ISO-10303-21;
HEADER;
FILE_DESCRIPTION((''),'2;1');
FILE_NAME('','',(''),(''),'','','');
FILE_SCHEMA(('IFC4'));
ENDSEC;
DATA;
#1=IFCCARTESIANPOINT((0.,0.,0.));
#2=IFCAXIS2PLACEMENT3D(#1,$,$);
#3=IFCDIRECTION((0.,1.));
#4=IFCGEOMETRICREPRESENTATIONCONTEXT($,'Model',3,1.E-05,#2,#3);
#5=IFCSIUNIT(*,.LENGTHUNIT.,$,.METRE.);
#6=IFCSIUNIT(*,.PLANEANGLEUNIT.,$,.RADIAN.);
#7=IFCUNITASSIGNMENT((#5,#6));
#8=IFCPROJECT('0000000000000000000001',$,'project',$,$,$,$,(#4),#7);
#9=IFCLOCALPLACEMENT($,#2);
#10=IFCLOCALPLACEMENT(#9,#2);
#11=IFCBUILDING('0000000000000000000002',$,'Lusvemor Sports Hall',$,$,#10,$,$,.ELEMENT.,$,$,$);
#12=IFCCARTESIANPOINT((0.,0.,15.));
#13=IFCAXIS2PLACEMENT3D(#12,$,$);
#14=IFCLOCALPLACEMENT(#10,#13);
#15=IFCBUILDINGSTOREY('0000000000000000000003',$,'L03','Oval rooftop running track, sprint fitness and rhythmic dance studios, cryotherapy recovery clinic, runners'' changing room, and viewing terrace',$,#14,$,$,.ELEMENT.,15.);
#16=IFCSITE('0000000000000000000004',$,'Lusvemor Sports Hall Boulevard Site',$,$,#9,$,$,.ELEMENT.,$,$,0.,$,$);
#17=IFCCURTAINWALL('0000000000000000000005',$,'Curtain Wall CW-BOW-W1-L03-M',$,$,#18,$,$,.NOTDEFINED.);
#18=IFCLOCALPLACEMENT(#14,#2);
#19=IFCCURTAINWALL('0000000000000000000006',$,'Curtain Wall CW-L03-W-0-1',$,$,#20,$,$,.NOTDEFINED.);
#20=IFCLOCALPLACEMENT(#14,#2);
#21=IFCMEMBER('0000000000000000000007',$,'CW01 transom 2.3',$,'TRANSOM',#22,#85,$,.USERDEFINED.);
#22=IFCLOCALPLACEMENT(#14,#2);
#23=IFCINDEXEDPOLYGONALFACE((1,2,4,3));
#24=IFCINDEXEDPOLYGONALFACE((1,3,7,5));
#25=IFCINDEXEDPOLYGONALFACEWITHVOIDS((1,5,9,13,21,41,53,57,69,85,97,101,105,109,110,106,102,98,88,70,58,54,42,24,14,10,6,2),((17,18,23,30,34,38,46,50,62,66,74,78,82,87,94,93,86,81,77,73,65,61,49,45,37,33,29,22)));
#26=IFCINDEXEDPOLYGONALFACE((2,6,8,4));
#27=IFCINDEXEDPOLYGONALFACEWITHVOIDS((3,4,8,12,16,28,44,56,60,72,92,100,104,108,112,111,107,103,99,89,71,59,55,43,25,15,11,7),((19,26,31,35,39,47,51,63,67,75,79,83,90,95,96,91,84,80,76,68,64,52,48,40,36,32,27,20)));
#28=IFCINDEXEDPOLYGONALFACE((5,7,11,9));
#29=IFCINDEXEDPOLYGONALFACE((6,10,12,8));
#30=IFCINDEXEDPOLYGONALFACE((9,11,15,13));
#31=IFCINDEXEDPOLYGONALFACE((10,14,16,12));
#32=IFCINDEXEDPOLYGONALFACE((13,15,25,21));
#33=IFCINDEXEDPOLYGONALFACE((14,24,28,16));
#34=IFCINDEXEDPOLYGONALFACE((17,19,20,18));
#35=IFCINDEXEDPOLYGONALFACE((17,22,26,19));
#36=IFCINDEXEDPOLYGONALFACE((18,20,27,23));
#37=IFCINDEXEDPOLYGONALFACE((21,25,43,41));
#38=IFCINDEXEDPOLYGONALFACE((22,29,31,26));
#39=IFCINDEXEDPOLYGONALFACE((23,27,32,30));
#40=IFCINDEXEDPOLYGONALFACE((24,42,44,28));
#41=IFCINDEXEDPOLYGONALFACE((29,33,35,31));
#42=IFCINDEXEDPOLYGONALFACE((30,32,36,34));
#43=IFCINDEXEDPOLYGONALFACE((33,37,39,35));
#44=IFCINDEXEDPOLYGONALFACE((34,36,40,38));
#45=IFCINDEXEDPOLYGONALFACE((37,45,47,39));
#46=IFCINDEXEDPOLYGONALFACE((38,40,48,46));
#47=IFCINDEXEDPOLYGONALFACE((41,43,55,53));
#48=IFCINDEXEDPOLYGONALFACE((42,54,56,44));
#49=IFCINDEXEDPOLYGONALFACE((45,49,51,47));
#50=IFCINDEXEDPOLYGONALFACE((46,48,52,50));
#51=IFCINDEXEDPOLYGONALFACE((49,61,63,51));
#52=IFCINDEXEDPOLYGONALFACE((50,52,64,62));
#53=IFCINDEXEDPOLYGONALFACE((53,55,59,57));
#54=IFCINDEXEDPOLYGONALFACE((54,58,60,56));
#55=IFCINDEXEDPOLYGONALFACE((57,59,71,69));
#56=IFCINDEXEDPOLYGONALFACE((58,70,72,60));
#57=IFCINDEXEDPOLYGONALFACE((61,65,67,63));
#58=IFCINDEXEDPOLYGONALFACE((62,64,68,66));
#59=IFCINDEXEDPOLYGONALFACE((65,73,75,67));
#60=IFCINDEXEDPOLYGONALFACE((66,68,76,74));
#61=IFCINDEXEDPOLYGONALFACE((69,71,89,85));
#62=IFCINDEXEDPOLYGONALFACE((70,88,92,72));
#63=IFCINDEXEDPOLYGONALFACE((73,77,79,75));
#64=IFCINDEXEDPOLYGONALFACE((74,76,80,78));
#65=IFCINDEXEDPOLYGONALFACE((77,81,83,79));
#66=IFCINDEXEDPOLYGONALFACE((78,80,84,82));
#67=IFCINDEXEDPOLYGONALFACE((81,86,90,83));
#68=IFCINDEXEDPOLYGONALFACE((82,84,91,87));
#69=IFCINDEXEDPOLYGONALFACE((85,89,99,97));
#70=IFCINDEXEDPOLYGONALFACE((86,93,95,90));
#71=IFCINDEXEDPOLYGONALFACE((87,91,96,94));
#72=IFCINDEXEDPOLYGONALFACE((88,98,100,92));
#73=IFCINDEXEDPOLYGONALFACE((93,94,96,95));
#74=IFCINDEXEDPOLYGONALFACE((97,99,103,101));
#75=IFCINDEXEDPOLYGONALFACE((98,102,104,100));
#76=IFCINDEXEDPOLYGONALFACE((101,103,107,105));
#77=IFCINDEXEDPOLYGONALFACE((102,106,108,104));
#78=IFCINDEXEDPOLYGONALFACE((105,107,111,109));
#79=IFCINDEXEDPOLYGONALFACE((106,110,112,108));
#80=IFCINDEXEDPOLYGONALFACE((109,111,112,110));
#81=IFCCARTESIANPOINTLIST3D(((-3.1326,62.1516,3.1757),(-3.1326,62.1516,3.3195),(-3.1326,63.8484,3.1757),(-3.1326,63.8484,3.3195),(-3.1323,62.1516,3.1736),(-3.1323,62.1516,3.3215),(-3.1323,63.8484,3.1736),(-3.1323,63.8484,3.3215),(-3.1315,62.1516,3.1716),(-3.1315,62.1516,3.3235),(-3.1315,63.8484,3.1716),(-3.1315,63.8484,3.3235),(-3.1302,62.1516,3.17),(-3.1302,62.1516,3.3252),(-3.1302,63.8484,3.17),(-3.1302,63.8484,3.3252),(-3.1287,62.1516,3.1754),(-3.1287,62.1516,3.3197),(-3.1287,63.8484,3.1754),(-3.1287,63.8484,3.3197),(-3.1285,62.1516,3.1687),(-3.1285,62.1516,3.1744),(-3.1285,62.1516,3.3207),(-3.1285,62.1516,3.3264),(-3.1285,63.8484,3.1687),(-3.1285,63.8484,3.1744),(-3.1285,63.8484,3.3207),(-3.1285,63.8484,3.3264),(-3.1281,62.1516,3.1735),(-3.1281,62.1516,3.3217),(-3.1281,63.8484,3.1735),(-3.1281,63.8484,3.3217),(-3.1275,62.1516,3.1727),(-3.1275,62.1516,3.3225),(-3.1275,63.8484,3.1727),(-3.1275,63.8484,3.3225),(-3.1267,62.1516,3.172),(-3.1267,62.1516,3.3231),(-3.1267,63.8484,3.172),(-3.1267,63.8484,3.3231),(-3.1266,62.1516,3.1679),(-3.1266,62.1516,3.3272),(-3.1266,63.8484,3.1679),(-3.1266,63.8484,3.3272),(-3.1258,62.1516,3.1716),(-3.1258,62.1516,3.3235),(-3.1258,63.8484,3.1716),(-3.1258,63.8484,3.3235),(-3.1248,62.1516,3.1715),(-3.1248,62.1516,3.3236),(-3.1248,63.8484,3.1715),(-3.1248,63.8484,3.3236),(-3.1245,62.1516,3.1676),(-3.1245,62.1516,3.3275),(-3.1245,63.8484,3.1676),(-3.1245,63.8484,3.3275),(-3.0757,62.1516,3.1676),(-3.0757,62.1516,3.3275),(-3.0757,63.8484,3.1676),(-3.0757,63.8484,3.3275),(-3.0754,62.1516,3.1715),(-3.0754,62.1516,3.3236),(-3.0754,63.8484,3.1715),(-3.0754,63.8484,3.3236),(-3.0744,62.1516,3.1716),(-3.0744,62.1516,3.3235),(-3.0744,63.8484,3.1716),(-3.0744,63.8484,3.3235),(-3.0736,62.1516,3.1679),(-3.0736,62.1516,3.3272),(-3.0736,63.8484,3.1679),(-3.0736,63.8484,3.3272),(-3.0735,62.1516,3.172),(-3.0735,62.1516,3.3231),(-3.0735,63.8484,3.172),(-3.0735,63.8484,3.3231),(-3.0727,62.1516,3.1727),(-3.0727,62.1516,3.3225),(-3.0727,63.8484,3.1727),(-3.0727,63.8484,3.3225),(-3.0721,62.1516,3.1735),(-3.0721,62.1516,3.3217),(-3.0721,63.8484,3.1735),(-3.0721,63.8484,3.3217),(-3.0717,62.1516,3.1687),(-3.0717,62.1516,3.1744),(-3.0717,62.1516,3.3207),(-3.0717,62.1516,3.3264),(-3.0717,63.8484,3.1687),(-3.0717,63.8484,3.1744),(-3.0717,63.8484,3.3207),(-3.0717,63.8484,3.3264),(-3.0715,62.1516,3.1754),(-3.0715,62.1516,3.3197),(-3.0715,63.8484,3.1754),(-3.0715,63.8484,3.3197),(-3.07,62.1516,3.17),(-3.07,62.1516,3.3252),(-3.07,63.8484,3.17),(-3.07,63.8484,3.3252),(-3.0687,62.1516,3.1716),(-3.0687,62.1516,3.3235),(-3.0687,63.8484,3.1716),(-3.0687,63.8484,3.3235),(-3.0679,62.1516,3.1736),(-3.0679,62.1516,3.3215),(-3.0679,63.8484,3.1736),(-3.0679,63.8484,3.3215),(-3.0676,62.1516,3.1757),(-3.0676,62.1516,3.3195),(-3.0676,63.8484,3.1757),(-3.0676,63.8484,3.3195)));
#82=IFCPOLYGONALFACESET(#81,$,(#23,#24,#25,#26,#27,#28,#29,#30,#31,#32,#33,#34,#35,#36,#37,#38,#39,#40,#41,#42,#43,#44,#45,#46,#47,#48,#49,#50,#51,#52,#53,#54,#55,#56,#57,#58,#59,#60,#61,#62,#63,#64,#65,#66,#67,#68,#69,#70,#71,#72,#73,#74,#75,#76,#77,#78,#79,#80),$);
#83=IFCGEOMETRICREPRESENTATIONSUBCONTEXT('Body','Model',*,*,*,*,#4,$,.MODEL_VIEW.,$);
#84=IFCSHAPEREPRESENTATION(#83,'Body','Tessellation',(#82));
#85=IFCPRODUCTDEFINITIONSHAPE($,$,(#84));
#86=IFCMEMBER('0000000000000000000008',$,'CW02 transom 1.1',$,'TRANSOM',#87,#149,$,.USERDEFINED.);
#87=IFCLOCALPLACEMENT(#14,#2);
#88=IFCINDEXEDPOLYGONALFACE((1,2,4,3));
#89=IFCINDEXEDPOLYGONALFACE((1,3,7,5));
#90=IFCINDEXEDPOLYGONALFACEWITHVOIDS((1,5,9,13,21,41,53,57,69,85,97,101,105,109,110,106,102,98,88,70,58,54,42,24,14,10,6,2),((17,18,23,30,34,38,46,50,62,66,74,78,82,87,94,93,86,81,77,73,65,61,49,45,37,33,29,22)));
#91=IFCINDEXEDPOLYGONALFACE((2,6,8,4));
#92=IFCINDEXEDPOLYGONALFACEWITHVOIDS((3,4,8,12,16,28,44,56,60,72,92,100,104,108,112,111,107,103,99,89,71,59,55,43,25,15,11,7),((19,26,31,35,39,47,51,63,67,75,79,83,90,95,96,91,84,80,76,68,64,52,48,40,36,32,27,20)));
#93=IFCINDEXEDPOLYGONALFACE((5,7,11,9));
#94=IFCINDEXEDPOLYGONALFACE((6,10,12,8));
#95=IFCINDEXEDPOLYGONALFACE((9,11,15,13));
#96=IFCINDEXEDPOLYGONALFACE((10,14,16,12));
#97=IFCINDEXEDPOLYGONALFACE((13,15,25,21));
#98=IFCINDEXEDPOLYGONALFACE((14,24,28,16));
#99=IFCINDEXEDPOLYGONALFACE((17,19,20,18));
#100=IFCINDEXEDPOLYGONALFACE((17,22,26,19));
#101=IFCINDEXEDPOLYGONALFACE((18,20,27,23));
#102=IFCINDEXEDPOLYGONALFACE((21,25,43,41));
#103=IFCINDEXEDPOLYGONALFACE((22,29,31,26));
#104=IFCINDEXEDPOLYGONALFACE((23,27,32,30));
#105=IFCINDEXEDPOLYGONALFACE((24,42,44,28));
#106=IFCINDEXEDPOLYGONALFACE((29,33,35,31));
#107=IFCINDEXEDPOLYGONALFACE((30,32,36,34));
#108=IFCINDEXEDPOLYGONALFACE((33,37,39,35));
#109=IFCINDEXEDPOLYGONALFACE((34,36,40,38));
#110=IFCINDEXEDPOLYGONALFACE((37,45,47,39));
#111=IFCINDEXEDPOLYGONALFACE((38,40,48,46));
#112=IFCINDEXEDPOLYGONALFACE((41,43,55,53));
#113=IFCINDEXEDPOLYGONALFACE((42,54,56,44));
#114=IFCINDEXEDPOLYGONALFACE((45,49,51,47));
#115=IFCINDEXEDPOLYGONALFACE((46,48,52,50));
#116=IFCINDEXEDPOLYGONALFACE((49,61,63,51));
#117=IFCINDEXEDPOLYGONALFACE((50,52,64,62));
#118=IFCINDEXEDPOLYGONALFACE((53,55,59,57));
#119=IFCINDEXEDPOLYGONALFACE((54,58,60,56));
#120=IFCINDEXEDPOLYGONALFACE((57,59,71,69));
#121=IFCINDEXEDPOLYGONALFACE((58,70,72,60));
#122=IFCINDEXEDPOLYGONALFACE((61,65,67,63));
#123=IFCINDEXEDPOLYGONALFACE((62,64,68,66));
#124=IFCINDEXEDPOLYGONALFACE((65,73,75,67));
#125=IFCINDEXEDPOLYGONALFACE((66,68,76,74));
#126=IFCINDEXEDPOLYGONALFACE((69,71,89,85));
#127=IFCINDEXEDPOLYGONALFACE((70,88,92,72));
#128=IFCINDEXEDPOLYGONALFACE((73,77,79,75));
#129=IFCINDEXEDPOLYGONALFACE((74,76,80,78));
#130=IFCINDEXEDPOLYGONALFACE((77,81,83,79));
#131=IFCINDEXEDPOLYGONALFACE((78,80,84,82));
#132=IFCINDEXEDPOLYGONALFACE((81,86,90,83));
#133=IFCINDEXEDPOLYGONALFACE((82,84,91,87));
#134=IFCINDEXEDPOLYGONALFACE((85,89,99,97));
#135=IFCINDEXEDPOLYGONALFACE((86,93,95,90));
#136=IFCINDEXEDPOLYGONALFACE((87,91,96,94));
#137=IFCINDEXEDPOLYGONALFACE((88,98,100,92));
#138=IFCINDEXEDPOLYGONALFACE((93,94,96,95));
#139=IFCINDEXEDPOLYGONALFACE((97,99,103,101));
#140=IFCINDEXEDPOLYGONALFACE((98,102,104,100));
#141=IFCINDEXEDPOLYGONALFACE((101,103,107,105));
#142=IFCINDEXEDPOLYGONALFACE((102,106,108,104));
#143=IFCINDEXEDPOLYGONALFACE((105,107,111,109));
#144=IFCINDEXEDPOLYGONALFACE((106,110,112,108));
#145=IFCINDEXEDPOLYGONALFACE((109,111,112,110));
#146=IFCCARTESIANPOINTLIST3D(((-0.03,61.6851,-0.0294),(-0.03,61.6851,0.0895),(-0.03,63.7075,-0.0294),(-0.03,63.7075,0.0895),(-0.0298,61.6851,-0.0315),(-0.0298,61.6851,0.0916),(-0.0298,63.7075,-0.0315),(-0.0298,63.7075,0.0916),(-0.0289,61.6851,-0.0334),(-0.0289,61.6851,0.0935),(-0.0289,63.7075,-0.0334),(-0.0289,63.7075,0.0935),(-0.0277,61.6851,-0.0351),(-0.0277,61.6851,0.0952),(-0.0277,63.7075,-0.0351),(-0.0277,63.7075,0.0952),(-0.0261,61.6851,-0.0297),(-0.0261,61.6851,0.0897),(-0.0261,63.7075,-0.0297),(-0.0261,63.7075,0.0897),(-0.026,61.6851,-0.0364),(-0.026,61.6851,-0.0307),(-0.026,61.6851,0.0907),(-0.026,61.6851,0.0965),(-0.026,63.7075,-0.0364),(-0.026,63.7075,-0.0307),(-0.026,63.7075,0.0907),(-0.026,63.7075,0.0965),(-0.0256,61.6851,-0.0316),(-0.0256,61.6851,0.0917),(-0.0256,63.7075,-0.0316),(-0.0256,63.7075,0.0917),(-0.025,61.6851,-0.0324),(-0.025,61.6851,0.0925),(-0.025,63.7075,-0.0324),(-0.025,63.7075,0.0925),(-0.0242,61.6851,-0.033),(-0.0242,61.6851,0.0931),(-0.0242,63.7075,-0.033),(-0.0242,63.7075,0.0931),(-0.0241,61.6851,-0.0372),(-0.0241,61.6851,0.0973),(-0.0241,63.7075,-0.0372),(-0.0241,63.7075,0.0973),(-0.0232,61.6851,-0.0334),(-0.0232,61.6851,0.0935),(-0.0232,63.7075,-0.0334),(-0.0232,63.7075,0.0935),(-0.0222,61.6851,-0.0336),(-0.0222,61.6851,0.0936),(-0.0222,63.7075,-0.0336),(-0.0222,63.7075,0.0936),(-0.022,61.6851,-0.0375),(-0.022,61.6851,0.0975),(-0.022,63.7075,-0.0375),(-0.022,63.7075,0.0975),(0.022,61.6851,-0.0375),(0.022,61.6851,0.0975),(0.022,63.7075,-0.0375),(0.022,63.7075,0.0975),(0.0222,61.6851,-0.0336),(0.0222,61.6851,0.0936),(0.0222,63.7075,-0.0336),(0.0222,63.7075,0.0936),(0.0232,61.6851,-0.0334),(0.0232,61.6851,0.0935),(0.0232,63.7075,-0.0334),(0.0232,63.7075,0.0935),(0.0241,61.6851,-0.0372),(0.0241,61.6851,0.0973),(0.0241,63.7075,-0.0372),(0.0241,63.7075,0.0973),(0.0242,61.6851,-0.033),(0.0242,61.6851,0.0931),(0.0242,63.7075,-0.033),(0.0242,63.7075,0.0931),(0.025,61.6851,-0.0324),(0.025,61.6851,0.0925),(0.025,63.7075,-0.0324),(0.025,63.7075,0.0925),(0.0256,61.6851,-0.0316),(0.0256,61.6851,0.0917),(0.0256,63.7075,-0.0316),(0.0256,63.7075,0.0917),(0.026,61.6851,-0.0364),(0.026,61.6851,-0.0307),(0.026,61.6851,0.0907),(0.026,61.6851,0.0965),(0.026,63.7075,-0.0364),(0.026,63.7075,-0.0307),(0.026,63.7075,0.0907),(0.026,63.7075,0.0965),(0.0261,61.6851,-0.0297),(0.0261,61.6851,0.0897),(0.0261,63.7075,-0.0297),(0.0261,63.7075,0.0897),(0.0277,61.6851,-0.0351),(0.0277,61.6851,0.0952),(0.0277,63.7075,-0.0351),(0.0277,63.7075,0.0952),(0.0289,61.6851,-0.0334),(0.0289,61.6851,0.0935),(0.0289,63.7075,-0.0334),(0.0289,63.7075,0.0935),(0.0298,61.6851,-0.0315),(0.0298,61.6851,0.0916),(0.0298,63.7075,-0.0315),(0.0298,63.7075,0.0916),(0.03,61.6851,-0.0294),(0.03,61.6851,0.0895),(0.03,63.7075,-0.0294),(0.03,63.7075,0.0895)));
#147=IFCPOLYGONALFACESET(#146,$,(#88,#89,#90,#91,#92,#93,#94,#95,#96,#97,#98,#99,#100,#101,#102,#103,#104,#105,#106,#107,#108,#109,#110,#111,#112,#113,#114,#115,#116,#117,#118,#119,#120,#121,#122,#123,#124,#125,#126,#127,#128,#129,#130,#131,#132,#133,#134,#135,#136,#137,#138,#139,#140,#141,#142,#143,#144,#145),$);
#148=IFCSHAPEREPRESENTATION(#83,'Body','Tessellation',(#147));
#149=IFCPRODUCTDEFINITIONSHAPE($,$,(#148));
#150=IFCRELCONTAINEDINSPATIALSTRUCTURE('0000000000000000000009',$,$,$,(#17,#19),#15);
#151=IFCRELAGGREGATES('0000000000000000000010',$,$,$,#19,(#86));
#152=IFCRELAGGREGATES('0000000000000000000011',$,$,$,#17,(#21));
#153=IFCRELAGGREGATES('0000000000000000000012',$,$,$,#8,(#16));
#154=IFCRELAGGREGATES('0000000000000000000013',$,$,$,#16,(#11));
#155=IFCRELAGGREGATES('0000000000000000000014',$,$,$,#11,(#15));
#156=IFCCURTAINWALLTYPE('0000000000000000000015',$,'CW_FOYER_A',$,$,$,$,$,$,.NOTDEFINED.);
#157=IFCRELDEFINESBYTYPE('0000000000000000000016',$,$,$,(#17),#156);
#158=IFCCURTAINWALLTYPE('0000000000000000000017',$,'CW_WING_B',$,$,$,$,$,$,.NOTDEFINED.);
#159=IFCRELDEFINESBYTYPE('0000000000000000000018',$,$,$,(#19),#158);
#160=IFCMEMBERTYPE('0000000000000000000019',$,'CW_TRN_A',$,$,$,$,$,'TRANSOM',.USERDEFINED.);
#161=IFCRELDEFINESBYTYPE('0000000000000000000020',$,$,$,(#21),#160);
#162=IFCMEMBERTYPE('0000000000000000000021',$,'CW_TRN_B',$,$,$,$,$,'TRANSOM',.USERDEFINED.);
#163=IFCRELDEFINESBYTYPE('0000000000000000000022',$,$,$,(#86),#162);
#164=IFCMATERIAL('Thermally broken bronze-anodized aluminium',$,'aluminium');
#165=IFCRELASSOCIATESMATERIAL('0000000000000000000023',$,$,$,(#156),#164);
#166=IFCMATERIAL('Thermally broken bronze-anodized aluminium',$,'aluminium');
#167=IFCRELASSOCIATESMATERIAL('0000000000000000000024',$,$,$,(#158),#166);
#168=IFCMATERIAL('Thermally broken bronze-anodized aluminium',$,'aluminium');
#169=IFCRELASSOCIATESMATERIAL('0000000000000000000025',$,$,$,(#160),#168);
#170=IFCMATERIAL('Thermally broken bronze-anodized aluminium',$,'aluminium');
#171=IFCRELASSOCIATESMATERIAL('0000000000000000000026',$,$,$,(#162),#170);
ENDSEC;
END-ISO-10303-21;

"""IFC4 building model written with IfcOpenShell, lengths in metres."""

from ifc_helpers import new_model, si_unit, direction, frame, origin, origin_2d, place, context, subcontext, project, spatial, hollow_rectangle, extrude, material, material_profile, profile_set, type_object, element, aggregate, save


model = new_model("IFC4")

# Units and contexts
model_context = context("Model", 3, precision=1e-05, world=origin(), true_north=direction((0.0, 1.0)))
body_context = subcontext(model_context, "Body", "Model", "MODEL_VIEW")
ifc_project = project(units=[si_unit("LENGTHUNIT", "METRE"), si_unit("PLANEANGLEUNIT", "RADIAN")], contexts=[model_context])

# Site, building, storey
site_placement = place(None, origin())
site = spatial("IfcSite", under=ifc_project, at=site_placement, Name="Lusvemor Sports Hall Boulevard Site", CompositionType="ELEMENT", RefElevation=0.0)
building_placement = place(site_placement, origin())
building = spatial("IfcBuilding", under=site, at=building_placement, Name="Lusvemor Sports Hall", CompositionType="ELEMENT")
storey_placement = place(building_placement, frame((0.0, 0.0, 15.0)))
storey = spatial("IfcBuildingStorey", under=building, at=storey_placement, Name="L03", Description="Oval rooftop running track, sprint fitness and rhythmic dance studios, cryotherapy recovery clinic, runners' changing room, and viewing terrace", CompositionType="ELEMENT", Elevation=15.0)

# Curtain wall
ifc_material_1 = material(Name="Thermally broken bronze-anodized aluminium", Category="aluminium")
curtain_wall_type_1 = type_object("IfcCurtainWallType", Name="CW_FOYER_A", PredefinedType="NOTDEFINED", material=ifc_material_1)
curtain_wall_1_placement = place(storey_placement, origin())
curtain_wall_1 = element("IfcCurtainWall", 1, at=curtain_wall_1_placement, inside=storey, type_object=curtain_wall_type_1, Name="Curtain Wall CW-BOW-W1-L03-M", PredefinedType="NOTDEFINED")

# Curtain wall
ifc_material_2 = material(Name="Thermally broken bronze-anodized aluminium", Category="aluminium")
curtain_wall_type_2 = type_object("IfcCurtainWallType", Name="CW_WING_B", PredefinedType="NOTDEFINED", material=ifc_material_2)
curtain_wall_2_placement = place(storey_placement, origin())
curtain_wall_2 = element("IfcCurtainWall", 2, at=curtain_wall_2_placement, inside=storey, type_object=curtain_wall_type_2, Name="Curtain Wall CW-L03-W-0-1", PredefinedType="NOTDEFINED")

# Members
ifc_material_3 = material(Name="Thermally broken bronze-anodized aluminium", Category="aluminium")
ifc_material_profile_1 = material_profile(ifc_material_3, hollow_rectangle(XDim=0.0649, YDim=0.1599, WallThickness=0.0039, InnerFilletRadius=0.0039, OuterFilletRadius=0.0081, at=origin_2d()), Name="CWTRN160x65x4")
ifc_profile_set_1 = profile_set([ifc_material_profile_1], Name="Thermally broken bronze-anodized aluminium")
member_type_1 = type_object("IfcMemberType", Name="CW_TRN_A", ElementType="TRANSOM", PredefinedType="USERDEFINED", material=ifc_profile_set_1)
member_1_placement = place(storey_placement, frame((-3.1001, 62.1516, 3.2476), z_axis=(0.0, 1.0, 0.0), x_axis=(-1.0, 0.0, 0.0)))
member_1 = element("IfcMember", 3, at=member_1_placement, type_object=member_type_1, Name="CW01 transom 2.3", ObjectType="TRANSOM", PredefinedType="USERDEFINED", context=body_context, shape_type="SweptSolid", body=[
    extrude(hollow_rectangle(XDim=0.0649, YDim=0.1599, WallThickness=0.0039, InnerFilletRadius=0.0039, OuterFilletRadius=0.0081, at=origin_2d()), origin(), (0.0, 0.0, 1.0), 1.6968),
])
ifc_material_4 = material(Name="Thermally broken bronze-anodized aluminium", Category="aluminium")
ifc_material_profile_2 = material_profile(ifc_material_4, hollow_rectangle(XDim=0.0601, YDim=0.135, WallThickness=0.0039, InnerFilletRadius=0.0039, OuterFilletRadius=0.0081, at=origin_2d()), Name="CWTRN135x60x4")
ifc_profile_set_2 = profile_set([ifc_material_profile_2], Name="Thermally broken bronze-anodized aluminium")
member_type_2 = type_object("IfcMemberType", Name="CW_TRN_B", ElementType="TRANSOM", PredefinedType="USERDEFINED", material=ifc_profile_set_2)
member_2_placement = place(storey_placement, frame((0.0, 61.6851, 0.03), z_axis=(0.0, 1.0, 0.0), x_axis=(-1.0, 0.0, 0.0)))
member_2 = element("IfcMember", 4, at=member_2_placement, type_object=member_type_2, Name="CW02 transom 1.1", ObjectType="TRANSOM", PredefinedType="USERDEFINED", context=body_context, shape_type="SweptSolid", body=[
    extrude(hollow_rectangle(XDim=0.0601, YDim=0.135, WallThickness=0.0039, InnerFilletRadius=0.0039, OuterFilletRadius=0.0081, at=origin_2d()), origin(), (0.0, 0.0, 1.0), 2.0225),
])

aggregate(curtain_wall_2, [member_2])
aggregate(curtain_wall_1, [member_1])

save(model, "model.ifc")
